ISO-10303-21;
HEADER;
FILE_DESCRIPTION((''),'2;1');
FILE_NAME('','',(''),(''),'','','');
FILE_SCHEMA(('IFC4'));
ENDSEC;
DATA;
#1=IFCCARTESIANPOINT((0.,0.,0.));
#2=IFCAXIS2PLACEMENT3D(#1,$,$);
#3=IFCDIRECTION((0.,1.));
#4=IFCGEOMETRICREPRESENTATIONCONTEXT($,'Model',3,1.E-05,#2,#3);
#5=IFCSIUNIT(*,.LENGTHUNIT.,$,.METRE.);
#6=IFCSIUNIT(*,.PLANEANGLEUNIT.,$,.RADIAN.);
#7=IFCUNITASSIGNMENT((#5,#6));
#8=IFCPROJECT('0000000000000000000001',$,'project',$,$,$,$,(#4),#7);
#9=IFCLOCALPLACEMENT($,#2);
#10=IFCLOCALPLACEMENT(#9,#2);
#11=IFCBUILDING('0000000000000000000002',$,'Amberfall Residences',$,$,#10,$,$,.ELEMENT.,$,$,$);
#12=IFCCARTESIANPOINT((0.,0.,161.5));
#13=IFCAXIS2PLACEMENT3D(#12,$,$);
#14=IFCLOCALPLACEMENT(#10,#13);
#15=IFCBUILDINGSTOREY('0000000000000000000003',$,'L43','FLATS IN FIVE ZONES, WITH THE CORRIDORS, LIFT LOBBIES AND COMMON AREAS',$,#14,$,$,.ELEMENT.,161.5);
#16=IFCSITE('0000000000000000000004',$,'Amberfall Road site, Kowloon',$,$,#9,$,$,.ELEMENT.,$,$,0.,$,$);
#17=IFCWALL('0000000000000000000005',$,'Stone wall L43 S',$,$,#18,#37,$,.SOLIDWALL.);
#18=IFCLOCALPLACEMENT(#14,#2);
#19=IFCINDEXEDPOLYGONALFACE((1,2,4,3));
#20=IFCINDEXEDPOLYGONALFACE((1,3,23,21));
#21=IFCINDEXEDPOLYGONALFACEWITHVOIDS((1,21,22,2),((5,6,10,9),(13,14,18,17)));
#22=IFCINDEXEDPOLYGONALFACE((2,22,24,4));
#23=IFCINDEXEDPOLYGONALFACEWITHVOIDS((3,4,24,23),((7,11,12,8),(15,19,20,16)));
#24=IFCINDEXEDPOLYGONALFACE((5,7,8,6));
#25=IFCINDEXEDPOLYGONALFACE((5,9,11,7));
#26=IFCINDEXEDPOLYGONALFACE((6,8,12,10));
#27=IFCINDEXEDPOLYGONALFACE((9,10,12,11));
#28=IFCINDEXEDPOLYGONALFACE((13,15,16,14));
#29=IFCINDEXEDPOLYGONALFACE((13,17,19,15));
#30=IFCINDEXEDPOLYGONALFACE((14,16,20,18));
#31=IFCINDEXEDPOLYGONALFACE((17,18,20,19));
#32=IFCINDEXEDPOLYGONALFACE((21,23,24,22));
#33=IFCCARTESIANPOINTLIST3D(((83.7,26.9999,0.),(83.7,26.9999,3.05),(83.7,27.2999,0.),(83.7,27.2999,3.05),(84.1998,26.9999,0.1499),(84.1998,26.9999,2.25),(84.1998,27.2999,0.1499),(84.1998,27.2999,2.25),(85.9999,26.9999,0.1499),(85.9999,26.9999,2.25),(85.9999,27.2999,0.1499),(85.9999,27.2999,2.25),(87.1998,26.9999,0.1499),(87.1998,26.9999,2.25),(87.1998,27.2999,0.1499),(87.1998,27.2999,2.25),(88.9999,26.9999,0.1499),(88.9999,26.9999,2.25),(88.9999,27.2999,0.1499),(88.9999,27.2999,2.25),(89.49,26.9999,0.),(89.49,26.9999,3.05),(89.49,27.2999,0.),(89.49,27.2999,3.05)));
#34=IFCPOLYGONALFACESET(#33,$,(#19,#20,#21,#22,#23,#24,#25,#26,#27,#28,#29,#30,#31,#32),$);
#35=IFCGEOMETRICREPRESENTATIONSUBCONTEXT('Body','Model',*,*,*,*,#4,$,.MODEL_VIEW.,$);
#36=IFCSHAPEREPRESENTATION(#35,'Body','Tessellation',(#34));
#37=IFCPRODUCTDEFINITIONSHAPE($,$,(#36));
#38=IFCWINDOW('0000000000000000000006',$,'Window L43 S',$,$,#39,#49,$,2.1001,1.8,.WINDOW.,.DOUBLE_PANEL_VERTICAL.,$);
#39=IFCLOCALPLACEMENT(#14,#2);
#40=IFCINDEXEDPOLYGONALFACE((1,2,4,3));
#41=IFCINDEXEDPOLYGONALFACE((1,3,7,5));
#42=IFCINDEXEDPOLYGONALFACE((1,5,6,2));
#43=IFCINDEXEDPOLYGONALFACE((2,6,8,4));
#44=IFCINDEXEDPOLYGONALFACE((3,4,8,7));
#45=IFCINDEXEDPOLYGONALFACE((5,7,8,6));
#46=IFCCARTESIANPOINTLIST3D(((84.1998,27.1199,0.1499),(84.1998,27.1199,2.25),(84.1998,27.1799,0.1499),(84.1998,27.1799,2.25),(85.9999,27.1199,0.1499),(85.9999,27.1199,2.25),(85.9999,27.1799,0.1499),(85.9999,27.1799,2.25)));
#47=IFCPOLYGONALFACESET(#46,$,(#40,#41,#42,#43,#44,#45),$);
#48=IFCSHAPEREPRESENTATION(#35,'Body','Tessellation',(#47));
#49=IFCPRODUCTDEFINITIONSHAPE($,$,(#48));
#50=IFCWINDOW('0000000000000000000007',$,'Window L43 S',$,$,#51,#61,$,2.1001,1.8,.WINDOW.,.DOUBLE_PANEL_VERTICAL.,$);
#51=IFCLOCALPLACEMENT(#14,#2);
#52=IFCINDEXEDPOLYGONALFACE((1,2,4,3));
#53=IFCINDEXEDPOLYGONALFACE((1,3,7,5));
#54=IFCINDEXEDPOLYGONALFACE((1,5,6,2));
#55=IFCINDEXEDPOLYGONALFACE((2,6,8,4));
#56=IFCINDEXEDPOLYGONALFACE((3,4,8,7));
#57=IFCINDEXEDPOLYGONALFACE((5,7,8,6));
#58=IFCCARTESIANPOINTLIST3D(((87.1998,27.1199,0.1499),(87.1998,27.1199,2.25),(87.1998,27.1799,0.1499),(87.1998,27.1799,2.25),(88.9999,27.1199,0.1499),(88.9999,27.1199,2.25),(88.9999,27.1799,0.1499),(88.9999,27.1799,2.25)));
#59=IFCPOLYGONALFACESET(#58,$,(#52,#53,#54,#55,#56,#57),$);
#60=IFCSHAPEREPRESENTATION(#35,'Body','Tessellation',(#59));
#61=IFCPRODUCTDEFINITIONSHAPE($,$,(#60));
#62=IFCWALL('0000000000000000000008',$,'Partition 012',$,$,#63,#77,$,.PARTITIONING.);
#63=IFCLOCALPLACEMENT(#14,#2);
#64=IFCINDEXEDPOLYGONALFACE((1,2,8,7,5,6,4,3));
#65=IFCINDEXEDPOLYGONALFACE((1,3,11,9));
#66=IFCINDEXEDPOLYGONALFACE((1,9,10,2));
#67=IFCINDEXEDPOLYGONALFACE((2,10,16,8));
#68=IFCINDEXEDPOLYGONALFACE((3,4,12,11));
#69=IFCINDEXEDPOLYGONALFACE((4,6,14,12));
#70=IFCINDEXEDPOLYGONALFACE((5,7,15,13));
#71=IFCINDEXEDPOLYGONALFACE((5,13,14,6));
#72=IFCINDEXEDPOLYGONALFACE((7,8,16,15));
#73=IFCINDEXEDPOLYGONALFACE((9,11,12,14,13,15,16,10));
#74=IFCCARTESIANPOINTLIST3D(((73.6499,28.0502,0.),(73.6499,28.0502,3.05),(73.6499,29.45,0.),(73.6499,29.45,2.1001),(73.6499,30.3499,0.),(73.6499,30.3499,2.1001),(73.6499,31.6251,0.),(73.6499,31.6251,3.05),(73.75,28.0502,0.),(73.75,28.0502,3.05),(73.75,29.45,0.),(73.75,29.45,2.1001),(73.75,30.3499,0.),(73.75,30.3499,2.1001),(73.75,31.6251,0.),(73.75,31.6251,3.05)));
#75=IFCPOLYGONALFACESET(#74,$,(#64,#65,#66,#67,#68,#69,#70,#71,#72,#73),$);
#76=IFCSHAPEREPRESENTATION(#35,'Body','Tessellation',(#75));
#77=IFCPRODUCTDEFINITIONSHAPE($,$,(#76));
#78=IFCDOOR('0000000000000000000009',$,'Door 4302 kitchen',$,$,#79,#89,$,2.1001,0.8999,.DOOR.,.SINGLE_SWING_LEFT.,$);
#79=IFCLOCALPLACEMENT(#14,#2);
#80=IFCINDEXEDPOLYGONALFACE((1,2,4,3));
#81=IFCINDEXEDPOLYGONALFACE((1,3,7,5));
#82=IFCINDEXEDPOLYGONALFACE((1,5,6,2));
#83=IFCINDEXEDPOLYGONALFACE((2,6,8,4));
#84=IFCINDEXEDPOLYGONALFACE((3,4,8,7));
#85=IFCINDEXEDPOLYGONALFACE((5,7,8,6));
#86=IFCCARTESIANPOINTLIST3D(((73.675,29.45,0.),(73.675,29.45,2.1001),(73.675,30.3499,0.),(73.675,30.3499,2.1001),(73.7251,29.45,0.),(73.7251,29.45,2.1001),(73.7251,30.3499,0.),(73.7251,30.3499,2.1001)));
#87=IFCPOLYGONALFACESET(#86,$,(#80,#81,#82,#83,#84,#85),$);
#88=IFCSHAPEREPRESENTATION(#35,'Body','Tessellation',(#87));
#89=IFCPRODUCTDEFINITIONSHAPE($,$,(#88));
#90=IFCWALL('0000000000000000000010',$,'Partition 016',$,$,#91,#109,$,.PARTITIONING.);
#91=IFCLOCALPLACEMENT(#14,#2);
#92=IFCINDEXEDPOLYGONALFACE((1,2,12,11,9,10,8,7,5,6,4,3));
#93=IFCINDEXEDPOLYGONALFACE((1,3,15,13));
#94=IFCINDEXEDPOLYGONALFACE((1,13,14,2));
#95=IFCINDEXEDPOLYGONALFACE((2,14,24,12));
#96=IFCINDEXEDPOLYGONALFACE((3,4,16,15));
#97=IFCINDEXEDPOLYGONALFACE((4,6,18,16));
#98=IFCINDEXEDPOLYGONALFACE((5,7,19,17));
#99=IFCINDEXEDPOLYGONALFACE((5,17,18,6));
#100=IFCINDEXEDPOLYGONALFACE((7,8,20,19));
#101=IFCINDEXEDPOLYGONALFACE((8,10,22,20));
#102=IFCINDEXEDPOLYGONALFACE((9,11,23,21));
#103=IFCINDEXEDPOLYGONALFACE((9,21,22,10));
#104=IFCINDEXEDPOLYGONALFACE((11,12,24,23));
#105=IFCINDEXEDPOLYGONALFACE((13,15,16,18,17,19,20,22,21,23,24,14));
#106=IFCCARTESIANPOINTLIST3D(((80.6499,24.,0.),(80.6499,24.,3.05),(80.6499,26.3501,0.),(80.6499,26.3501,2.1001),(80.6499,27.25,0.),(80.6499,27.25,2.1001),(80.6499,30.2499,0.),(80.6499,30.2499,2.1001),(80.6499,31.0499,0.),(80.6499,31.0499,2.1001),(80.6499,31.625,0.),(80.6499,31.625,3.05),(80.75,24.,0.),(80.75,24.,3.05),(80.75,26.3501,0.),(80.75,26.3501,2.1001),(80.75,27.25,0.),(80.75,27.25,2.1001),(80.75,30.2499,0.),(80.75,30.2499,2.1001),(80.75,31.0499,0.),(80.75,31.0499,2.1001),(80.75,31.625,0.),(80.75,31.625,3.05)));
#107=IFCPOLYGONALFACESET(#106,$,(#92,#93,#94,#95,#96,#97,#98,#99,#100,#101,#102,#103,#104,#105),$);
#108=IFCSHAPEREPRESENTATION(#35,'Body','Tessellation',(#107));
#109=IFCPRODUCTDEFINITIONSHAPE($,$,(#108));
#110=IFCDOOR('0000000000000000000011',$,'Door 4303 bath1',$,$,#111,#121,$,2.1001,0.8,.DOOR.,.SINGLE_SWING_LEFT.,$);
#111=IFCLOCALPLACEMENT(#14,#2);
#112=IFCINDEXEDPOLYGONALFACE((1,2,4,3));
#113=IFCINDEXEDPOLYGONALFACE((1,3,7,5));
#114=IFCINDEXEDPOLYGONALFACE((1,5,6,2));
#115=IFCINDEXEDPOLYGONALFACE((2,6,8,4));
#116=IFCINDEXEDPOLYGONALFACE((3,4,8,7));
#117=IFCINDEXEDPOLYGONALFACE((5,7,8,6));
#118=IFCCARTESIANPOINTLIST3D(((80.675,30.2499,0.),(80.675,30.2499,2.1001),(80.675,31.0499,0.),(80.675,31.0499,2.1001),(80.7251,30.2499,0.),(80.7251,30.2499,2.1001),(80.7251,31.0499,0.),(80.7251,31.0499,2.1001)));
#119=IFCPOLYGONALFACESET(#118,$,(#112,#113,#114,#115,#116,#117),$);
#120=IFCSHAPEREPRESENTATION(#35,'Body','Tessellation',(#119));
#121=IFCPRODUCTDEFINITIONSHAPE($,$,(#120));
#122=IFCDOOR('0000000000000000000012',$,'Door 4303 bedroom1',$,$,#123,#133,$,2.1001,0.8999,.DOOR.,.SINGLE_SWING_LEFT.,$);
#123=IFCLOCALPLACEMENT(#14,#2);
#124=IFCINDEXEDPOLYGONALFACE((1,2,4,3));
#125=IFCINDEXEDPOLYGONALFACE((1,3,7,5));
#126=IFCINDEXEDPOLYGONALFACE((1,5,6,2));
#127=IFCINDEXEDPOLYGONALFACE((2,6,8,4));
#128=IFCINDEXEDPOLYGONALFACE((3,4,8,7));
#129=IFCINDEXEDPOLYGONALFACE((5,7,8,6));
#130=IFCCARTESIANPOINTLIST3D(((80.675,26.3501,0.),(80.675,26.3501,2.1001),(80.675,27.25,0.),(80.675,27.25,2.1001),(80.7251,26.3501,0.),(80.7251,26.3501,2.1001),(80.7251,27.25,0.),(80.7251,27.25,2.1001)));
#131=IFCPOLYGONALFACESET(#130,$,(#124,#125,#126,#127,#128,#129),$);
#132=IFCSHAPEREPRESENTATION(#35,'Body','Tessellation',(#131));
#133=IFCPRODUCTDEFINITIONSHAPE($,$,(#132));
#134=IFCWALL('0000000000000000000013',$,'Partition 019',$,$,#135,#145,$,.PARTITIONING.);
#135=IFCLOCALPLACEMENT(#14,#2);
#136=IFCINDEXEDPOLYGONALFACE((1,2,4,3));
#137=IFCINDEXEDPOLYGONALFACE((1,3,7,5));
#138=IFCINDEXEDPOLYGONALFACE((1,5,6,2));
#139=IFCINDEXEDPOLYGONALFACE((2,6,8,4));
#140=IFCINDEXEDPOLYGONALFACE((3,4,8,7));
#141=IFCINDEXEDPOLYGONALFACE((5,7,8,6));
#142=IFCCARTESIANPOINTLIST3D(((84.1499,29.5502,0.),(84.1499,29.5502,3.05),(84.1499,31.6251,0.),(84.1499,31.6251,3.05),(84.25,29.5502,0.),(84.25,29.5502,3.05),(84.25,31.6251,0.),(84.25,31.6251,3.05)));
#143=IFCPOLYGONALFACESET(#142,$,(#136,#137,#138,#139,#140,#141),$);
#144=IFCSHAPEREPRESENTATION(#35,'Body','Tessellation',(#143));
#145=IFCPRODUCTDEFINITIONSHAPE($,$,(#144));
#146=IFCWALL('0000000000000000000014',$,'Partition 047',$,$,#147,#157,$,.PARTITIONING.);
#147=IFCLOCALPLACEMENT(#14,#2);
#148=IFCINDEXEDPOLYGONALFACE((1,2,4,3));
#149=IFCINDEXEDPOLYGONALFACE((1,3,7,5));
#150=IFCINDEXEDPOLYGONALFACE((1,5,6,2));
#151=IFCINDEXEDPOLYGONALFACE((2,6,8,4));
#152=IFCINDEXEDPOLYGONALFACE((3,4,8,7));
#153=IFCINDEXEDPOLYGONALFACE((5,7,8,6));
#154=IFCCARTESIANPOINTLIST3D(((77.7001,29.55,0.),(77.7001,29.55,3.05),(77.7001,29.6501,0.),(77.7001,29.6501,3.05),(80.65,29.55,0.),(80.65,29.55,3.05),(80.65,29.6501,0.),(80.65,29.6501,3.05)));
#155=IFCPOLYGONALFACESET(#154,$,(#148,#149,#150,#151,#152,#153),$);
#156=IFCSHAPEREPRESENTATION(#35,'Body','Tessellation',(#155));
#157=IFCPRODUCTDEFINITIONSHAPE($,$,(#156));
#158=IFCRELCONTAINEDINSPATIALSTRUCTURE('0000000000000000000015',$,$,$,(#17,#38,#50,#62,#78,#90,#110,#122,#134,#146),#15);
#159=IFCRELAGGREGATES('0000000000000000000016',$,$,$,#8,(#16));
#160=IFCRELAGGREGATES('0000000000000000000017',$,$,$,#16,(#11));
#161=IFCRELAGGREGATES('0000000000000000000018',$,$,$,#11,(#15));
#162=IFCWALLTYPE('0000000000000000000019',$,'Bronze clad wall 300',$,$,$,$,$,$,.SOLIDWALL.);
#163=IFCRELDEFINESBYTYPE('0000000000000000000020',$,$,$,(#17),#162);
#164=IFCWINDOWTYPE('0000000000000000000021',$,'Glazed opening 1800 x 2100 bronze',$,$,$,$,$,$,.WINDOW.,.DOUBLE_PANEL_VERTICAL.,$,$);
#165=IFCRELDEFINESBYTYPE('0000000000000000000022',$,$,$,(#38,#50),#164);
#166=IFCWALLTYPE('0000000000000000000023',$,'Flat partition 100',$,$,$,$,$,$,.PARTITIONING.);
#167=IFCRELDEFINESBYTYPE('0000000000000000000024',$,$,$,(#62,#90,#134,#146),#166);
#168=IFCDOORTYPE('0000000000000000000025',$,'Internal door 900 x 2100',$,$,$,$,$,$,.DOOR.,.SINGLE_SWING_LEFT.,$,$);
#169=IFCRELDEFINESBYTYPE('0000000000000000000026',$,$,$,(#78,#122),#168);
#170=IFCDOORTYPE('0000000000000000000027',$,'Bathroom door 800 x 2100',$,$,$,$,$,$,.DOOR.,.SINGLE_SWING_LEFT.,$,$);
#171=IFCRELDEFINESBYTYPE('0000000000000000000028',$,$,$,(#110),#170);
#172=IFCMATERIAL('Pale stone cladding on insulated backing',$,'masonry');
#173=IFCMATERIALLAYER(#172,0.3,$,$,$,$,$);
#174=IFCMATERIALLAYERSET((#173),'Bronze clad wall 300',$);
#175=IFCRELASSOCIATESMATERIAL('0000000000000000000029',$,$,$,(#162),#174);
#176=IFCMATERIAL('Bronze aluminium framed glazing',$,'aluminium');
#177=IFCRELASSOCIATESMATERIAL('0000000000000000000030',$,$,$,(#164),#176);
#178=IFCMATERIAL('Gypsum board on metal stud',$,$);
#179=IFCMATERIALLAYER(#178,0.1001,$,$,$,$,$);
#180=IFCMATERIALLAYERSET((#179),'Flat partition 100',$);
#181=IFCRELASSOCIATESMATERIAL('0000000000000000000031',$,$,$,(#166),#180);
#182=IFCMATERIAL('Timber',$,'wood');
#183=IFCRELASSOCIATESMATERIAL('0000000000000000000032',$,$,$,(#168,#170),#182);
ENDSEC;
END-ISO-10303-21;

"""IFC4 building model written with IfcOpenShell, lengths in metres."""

from ifc_helpers import new_model, si_unit, direction, frame, frame_2d, origin, place, context, subcontext, project, spatial, rectangle, extrude, material, layer, layer_set, type_object, element, fill, save


model = new_model("IFC4")

# Units and contexts
model_context = context("Model", 3, precision=1e-05, world=origin(), true_north=direction((0.0, 1.0)))
body_context = subcontext(model_context, "Body", "Model", "MODEL_VIEW")
ifc_project = project(units=[si_unit("LENGTHUNIT", "METRE"), si_unit("PLANEANGLEUNIT", "RADIAN")], contexts=[model_context])

# Site, building, storey
site_placement = place(None, origin())
site = spatial("IfcSite", under=ifc_project, at=site_placement, Name="Amberfall Road site, Kowloon", CompositionType="ELEMENT", RefElevation=0.0)
building_placement = place(site_placement, origin())
building = spatial("IfcBuilding", under=site, at=building_placement, Name="Amberfall Residences", CompositionType="ELEMENT")
storey_placement = place(building_placement, frame((0.0, 0.0, 161.5)))
storey = spatial("IfcBuildingStorey", under=building, at=storey_placement, Name="L43", Description="FLATS IN FIVE ZONES, WITH THE CORRIDORS, LIFT LOBBIES AND COMMON AREAS", CompositionType="ELEMENT", Elevation=161.5)

# Shared definitions
ifc_material_1 = material(Name="Pale stone cladding on insulated backing", Category="masonry")
ifc_layer_1 = layer(ifc_material_1, 0.3)
ifc_layer_set_1 = layer_set([ifc_layer_1], Name="Bronze clad wall 300")
wall_type_1 = type_object("IfcWallType", Name="Bronze clad wall 300", PredefinedType="SOLIDWALL", material=ifc_layer_set_1)

# Wall, openings, windows
ifc_material_2 = material(Name="Bronze aluminium framed glazing", Category="aluminium")
window_type = type_object("IfcWindowType", Name="Glazed opening 1800 x 2100 bronze", PartitioningType="DOUBLE_PANEL_VERTICAL", PredefinedType="WINDOW", material=ifc_material_2)
wall_1_placement = place(storey_placement, frame((83.7, 27.1499, 0.0), z_axis=(0.0, 0.0, 1.0), x_axis=(1.0, 0.0, 0.0)))
wall_1 = element("IfcWall", 1, at=wall_1_placement, inside=storey, type_object=wall_type_1, Name="Stone wall L43 S", PredefinedType="SOLIDWALL", context=body_context, shape_type="SweptSolid", body=[
    extrude(rectangle(XDim=5.79, YDim=0.3, at=frame_2d((2.895, 0.0))), origin(), (0.0, 0.0, 1.0), 3.05),
])
opening_1_placement = place(wall_1_placement, frame((0.5, 0.0, 0.1499)))
opening_1 = element("IfcOpeningElement", 2, at=opening_1_placement, cuts=wall_1, PredefinedType="OPENING", context=body_context, shape_type="SweptSolid", body=[
    extrude(rectangle(XDim=1.8, YDim=2.1001, at=frame_2d((0.8999, 1.05))), frame((0.0, 0.1599, 0.0), z_axis=(0.0, -1.0, 0.0), x_axis=(1.0, 0.0, 0.0)), (0.0, 0.0, 1.0), 0.3201),
])
opening_2_placement = place(wall_1_placement, frame((3.5, 0.0, 0.1499)))
opening_2 = element("IfcOpeningElement", 3, at=opening_2_placement, cuts=wall_1, PredefinedType="OPENING", context=body_context, shape_type="SweptSolid", body=[
    extrude(rectangle(XDim=1.8, YDim=2.1001, at=frame_2d((0.8999, 1.05))), frame((0.0, 0.1599, 0.0), z_axis=(0.0, -1.0, 0.0), x_axis=(1.0, 0.0, 0.0)), (0.0, 0.0, 1.0), 0.3201),
])
window_1_placement = place(opening_1_placement, origin())
window_1 = element("IfcWindow", 4, at=window_1_placement, inside=storey, type_object=window_type, Name="Window L43 S", OverallHeight=2.1001, OverallWidth=1.8, PartitioningType="DOUBLE_PANEL_VERTICAL", PredefinedType="WINDOW", context=body_context, shape_type="SweptSolid", body=[
    extrude(rectangle(XDim=1.8, YDim=2.1001, at=frame_2d((0.8999, 1.05))), frame((0.0, 0.03, 0.0), z_axis=(0.0, -1.0, 0.0), x_axis=(1.0, 0.0, 0.0)), (0.0, 0.0, 1.0), 0.0601),
])
fill(opening_1, window_1)
window_2_placement = place(opening_2_placement, origin())
window_2 = element("IfcWindow", 5, at=window_2_placement, inside=storey, type_object=window_type, Name="Window L43 S", OverallHeight=2.1001, OverallWidth=1.8, PartitioningType="DOUBLE_PANEL_VERTICAL", PredefinedType="WINDOW", context=body_context, shape_type="SweptSolid", body=[
    extrude(rectangle(XDim=1.8, YDim=2.1001, at=frame_2d((0.8999, 1.05))), frame((0.0, 0.03, 0.0), z_axis=(0.0, -1.0, 0.0), x_axis=(1.0, 0.0, 0.0)), (0.0, 0.0, 1.0), 0.0601),
])
fill(opening_2, window_2)

# Wall, opening, door
ifc_material_3 = material(Name="Gypsum board on metal stud")
ifc_layer_2 = layer(ifc_material_3, 0.1001)
ifc_layer_set_2 = layer_set([ifc_layer_2], Name="Flat partition 100")
wall_type_2 = type_object("IfcWallType", Name="Flat partition 100", PredefinedType="PARTITIONING", material=ifc_layer_set_2)
wall_2_placement = place(storey_placement, frame((73.7, 28.05, 0.0), z_axis=(0.0, 0.0, 1.0), x_axis=(0.0, 1.0, 0.0)))
wall_2 = element("IfcWall", 6, at=wall_2_placement, inside=storey, type_object=wall_type_2, Name="Partition 012", PredefinedType="PARTITIONING", context=body_context, shape_type="SweptSolid", body=[
    extrude(rectangle(XDim=3.575, YDim=0.1001, at=frame_2d((1.7876, 0.0))), origin(), (0.0, 0.0, 1.0), 3.05),
])
opening_3_placement = place(wall_2_placement, frame((1.3999, 0.0, 0.0)))
opening_3 = element("IfcOpeningElement", 7, at=opening_3_placement, cuts=wall_2, PredefinedType="OPENING", context=body_context, shape_type="SweptSolid", body=[
    extrude(rectangle(XDim=0.8999, YDim=2.1001, at=frame_2d((0.45, 1.05))), frame((0.0, 0.0601, 0.0), z_axis=(0.0, -1.0, 0.0), x_axis=(1.0, 0.0, 0.0)), (0.0, 0.0, 1.0), 0.1201),
])
ifc_material_4 = material(Name="Timber", Category="wood")
door_type_1 = type_object("IfcDoorType", Name="Internal door 900 x 2100", OperationType="SINGLE_SWING_LEFT", PredefinedType="DOOR", material=ifc_material_4)
door_1_placement = place(opening_3_placement, origin())
door_1 = element("IfcDoor", 8, at=door_1_placement, inside=storey, type_object=door_type_1, Name="Door 4302 kitchen", OperationType="SINGLE_SWING_LEFT", OverallHeight=2.1001, OverallWidth=0.8999, PredefinedType="DOOR", context=body_context, shape_type="SweptSolid", body=[
    extrude(rectangle(XDim=0.8999, YDim=2.1001, at=frame_2d((0.45, 1.05))), frame((0.0, 0.0249, 0.0), z_axis=(0.0, -1.0, 0.0), x_axis=(1.0, 0.0, 0.0)), (0.0, 0.0, 1.0), 0.05),
])
fill(opening_3, door_1)

# Wall, openings, doors
wall_3_placement = place(storey_placement, frame((80.7, 24.0, 0.0), z_axis=(0.0, 0.0, 1.0), x_axis=(0.0, 1.0, 0.0)))
wall_3 = element("IfcWall", 9, at=wall_3_placement, inside=storey, type_object=wall_type_2, Name="Partition 016", PredefinedType="PARTITIONING", context=body_context, shape_type="SweptSolid", body=[
    extrude(rectangle(XDim=7.625, YDim=0.1001, at=frame_2d((3.8125, 0.0))), origin(), (0.0, 0.0, 1.0), 3.05),
])
opening_4_placement = place(wall_3_placement, frame((2.3501, 0.0, 0.0)))
opening_4 = element("IfcOpeningElement", 10, at=opening_4_placement, cuts=wall_3, PredefinedType="OPENING", context=body_context, shape_type="SweptSolid", body=[
    extrude(rectangle(XDim=0.8999, YDim=2.1001, at=frame_2d((0.45, 1.05))), frame((0.0, 0.0601, 0.0), z_axis=(0.0, -1.0, 0.0), x_axis=(1.0, 0.0, 0.0)), (0.0, 0.0, 1.0), 0.1201),
])
opening_5_placement = place(wall_3_placement, frame((6.25, 0.0, 0.0)))
opening_5 = element("IfcOpeningElement", 11, at=opening_5_placement, cuts=wall_3, PredefinedType="OPENING", context=body_context, shape_type="SweptSolid", body=[
    extrude(rectangle(XDim=0.8, YDim=2.1001, at=frame_2d((0.3999, 1.05))), frame((0.0, 0.0601, 0.0), z_axis=(0.0, -1.0, 0.0), x_axis=(1.0, 0.0, 0.0)), (0.0, 0.0, 1.0), 0.1201),
])
door_type_2 = type_object("IfcDoorType", Name="Bathroom door 800 x 2100", OperationType="SINGLE_SWING_LEFT", PredefinedType="DOOR", material=ifc_material_4)
door_2_placement = place(opening_5_placement, origin())
door_2 = element("IfcDoor", 12, at=door_2_placement, inside=storey, type_object=door_type_2, Name="Door 4303 bath1", OperationType="SINGLE_SWING_LEFT", OverallHeight=2.1001, OverallWidth=0.8, PredefinedType="DOOR", context=body_context, shape_type="SweptSolid", body=[
    extrude(rectangle(XDim=0.8, YDim=2.1001, at=frame_2d((0.3999, 1.05))), frame((0.0, 0.0249, 0.0), z_axis=(0.0, -1.0, 0.0), x_axis=(1.0, 0.0, 0.0)), (0.0, 0.0, 1.0), 0.05),
])
fill(opening_5, door_2)
door_3_placement = place(opening_4_placement, origin())
door_3 = element("IfcDoor", 13, at=door_3_placement, inside=storey, type_object=door_type_1, Name="Door 4303 bedroom1", OperationType="SINGLE_SWING_LEFT", OverallHeight=2.1001, OverallWidth=0.8999, PredefinedType="DOOR", context=body_context, shape_type="SweptSolid", body=[
    extrude(rectangle(XDim=0.8999, YDim=2.1001, at=frame_2d((0.45, 1.05))), frame((0.0, 0.0249, 0.0), z_axis=(0.0, -1.0, 0.0), x_axis=(1.0, 0.0, 0.0)), (0.0, 0.0, 1.0), 0.05),
])
fill(opening_4, door_3)

# Walls
wall_4_placement = place(storey_placement, frame((84.2, 29.55, 0.0), z_axis=(0.0, 0.0, 1.0), x_axis=(0.0, 1.0, 0.0)))
element("IfcWall", 14, at=wall_4_placement, inside=storey, type_object=wall_type_2, Name="Partition 019", PredefinedType="PARTITIONING", context=body_context, shape_type="SweptSolid", body=[
    extrude(rectangle(XDim=2.075, YDim=0.1001, at=frame_2d((1.0376, 0.0))), origin(), (0.0, 0.0, 1.0), 3.05),
])
wall_5_placement = place(storey_placement, frame((77.7, 29.6001, 0.0), z_axis=(0.0, 0.0, 1.0), x_axis=(1.0, 0.0, 0.0)))
element("IfcWall", 15, at=wall_5_placement, inside=storey, type_object=wall_type_2, Name="Partition 047", PredefinedType="PARTITIONING", context=body_context, shape_type="SweptSolid", body=[
    extrude(rectangle(XDim=2.95, YDim=0.1001, at=frame_2d((1.4751, 0.0))), origin(), (0.0, 0.0, 1.0), 3.05),
])

save(model, "model.ifc")
